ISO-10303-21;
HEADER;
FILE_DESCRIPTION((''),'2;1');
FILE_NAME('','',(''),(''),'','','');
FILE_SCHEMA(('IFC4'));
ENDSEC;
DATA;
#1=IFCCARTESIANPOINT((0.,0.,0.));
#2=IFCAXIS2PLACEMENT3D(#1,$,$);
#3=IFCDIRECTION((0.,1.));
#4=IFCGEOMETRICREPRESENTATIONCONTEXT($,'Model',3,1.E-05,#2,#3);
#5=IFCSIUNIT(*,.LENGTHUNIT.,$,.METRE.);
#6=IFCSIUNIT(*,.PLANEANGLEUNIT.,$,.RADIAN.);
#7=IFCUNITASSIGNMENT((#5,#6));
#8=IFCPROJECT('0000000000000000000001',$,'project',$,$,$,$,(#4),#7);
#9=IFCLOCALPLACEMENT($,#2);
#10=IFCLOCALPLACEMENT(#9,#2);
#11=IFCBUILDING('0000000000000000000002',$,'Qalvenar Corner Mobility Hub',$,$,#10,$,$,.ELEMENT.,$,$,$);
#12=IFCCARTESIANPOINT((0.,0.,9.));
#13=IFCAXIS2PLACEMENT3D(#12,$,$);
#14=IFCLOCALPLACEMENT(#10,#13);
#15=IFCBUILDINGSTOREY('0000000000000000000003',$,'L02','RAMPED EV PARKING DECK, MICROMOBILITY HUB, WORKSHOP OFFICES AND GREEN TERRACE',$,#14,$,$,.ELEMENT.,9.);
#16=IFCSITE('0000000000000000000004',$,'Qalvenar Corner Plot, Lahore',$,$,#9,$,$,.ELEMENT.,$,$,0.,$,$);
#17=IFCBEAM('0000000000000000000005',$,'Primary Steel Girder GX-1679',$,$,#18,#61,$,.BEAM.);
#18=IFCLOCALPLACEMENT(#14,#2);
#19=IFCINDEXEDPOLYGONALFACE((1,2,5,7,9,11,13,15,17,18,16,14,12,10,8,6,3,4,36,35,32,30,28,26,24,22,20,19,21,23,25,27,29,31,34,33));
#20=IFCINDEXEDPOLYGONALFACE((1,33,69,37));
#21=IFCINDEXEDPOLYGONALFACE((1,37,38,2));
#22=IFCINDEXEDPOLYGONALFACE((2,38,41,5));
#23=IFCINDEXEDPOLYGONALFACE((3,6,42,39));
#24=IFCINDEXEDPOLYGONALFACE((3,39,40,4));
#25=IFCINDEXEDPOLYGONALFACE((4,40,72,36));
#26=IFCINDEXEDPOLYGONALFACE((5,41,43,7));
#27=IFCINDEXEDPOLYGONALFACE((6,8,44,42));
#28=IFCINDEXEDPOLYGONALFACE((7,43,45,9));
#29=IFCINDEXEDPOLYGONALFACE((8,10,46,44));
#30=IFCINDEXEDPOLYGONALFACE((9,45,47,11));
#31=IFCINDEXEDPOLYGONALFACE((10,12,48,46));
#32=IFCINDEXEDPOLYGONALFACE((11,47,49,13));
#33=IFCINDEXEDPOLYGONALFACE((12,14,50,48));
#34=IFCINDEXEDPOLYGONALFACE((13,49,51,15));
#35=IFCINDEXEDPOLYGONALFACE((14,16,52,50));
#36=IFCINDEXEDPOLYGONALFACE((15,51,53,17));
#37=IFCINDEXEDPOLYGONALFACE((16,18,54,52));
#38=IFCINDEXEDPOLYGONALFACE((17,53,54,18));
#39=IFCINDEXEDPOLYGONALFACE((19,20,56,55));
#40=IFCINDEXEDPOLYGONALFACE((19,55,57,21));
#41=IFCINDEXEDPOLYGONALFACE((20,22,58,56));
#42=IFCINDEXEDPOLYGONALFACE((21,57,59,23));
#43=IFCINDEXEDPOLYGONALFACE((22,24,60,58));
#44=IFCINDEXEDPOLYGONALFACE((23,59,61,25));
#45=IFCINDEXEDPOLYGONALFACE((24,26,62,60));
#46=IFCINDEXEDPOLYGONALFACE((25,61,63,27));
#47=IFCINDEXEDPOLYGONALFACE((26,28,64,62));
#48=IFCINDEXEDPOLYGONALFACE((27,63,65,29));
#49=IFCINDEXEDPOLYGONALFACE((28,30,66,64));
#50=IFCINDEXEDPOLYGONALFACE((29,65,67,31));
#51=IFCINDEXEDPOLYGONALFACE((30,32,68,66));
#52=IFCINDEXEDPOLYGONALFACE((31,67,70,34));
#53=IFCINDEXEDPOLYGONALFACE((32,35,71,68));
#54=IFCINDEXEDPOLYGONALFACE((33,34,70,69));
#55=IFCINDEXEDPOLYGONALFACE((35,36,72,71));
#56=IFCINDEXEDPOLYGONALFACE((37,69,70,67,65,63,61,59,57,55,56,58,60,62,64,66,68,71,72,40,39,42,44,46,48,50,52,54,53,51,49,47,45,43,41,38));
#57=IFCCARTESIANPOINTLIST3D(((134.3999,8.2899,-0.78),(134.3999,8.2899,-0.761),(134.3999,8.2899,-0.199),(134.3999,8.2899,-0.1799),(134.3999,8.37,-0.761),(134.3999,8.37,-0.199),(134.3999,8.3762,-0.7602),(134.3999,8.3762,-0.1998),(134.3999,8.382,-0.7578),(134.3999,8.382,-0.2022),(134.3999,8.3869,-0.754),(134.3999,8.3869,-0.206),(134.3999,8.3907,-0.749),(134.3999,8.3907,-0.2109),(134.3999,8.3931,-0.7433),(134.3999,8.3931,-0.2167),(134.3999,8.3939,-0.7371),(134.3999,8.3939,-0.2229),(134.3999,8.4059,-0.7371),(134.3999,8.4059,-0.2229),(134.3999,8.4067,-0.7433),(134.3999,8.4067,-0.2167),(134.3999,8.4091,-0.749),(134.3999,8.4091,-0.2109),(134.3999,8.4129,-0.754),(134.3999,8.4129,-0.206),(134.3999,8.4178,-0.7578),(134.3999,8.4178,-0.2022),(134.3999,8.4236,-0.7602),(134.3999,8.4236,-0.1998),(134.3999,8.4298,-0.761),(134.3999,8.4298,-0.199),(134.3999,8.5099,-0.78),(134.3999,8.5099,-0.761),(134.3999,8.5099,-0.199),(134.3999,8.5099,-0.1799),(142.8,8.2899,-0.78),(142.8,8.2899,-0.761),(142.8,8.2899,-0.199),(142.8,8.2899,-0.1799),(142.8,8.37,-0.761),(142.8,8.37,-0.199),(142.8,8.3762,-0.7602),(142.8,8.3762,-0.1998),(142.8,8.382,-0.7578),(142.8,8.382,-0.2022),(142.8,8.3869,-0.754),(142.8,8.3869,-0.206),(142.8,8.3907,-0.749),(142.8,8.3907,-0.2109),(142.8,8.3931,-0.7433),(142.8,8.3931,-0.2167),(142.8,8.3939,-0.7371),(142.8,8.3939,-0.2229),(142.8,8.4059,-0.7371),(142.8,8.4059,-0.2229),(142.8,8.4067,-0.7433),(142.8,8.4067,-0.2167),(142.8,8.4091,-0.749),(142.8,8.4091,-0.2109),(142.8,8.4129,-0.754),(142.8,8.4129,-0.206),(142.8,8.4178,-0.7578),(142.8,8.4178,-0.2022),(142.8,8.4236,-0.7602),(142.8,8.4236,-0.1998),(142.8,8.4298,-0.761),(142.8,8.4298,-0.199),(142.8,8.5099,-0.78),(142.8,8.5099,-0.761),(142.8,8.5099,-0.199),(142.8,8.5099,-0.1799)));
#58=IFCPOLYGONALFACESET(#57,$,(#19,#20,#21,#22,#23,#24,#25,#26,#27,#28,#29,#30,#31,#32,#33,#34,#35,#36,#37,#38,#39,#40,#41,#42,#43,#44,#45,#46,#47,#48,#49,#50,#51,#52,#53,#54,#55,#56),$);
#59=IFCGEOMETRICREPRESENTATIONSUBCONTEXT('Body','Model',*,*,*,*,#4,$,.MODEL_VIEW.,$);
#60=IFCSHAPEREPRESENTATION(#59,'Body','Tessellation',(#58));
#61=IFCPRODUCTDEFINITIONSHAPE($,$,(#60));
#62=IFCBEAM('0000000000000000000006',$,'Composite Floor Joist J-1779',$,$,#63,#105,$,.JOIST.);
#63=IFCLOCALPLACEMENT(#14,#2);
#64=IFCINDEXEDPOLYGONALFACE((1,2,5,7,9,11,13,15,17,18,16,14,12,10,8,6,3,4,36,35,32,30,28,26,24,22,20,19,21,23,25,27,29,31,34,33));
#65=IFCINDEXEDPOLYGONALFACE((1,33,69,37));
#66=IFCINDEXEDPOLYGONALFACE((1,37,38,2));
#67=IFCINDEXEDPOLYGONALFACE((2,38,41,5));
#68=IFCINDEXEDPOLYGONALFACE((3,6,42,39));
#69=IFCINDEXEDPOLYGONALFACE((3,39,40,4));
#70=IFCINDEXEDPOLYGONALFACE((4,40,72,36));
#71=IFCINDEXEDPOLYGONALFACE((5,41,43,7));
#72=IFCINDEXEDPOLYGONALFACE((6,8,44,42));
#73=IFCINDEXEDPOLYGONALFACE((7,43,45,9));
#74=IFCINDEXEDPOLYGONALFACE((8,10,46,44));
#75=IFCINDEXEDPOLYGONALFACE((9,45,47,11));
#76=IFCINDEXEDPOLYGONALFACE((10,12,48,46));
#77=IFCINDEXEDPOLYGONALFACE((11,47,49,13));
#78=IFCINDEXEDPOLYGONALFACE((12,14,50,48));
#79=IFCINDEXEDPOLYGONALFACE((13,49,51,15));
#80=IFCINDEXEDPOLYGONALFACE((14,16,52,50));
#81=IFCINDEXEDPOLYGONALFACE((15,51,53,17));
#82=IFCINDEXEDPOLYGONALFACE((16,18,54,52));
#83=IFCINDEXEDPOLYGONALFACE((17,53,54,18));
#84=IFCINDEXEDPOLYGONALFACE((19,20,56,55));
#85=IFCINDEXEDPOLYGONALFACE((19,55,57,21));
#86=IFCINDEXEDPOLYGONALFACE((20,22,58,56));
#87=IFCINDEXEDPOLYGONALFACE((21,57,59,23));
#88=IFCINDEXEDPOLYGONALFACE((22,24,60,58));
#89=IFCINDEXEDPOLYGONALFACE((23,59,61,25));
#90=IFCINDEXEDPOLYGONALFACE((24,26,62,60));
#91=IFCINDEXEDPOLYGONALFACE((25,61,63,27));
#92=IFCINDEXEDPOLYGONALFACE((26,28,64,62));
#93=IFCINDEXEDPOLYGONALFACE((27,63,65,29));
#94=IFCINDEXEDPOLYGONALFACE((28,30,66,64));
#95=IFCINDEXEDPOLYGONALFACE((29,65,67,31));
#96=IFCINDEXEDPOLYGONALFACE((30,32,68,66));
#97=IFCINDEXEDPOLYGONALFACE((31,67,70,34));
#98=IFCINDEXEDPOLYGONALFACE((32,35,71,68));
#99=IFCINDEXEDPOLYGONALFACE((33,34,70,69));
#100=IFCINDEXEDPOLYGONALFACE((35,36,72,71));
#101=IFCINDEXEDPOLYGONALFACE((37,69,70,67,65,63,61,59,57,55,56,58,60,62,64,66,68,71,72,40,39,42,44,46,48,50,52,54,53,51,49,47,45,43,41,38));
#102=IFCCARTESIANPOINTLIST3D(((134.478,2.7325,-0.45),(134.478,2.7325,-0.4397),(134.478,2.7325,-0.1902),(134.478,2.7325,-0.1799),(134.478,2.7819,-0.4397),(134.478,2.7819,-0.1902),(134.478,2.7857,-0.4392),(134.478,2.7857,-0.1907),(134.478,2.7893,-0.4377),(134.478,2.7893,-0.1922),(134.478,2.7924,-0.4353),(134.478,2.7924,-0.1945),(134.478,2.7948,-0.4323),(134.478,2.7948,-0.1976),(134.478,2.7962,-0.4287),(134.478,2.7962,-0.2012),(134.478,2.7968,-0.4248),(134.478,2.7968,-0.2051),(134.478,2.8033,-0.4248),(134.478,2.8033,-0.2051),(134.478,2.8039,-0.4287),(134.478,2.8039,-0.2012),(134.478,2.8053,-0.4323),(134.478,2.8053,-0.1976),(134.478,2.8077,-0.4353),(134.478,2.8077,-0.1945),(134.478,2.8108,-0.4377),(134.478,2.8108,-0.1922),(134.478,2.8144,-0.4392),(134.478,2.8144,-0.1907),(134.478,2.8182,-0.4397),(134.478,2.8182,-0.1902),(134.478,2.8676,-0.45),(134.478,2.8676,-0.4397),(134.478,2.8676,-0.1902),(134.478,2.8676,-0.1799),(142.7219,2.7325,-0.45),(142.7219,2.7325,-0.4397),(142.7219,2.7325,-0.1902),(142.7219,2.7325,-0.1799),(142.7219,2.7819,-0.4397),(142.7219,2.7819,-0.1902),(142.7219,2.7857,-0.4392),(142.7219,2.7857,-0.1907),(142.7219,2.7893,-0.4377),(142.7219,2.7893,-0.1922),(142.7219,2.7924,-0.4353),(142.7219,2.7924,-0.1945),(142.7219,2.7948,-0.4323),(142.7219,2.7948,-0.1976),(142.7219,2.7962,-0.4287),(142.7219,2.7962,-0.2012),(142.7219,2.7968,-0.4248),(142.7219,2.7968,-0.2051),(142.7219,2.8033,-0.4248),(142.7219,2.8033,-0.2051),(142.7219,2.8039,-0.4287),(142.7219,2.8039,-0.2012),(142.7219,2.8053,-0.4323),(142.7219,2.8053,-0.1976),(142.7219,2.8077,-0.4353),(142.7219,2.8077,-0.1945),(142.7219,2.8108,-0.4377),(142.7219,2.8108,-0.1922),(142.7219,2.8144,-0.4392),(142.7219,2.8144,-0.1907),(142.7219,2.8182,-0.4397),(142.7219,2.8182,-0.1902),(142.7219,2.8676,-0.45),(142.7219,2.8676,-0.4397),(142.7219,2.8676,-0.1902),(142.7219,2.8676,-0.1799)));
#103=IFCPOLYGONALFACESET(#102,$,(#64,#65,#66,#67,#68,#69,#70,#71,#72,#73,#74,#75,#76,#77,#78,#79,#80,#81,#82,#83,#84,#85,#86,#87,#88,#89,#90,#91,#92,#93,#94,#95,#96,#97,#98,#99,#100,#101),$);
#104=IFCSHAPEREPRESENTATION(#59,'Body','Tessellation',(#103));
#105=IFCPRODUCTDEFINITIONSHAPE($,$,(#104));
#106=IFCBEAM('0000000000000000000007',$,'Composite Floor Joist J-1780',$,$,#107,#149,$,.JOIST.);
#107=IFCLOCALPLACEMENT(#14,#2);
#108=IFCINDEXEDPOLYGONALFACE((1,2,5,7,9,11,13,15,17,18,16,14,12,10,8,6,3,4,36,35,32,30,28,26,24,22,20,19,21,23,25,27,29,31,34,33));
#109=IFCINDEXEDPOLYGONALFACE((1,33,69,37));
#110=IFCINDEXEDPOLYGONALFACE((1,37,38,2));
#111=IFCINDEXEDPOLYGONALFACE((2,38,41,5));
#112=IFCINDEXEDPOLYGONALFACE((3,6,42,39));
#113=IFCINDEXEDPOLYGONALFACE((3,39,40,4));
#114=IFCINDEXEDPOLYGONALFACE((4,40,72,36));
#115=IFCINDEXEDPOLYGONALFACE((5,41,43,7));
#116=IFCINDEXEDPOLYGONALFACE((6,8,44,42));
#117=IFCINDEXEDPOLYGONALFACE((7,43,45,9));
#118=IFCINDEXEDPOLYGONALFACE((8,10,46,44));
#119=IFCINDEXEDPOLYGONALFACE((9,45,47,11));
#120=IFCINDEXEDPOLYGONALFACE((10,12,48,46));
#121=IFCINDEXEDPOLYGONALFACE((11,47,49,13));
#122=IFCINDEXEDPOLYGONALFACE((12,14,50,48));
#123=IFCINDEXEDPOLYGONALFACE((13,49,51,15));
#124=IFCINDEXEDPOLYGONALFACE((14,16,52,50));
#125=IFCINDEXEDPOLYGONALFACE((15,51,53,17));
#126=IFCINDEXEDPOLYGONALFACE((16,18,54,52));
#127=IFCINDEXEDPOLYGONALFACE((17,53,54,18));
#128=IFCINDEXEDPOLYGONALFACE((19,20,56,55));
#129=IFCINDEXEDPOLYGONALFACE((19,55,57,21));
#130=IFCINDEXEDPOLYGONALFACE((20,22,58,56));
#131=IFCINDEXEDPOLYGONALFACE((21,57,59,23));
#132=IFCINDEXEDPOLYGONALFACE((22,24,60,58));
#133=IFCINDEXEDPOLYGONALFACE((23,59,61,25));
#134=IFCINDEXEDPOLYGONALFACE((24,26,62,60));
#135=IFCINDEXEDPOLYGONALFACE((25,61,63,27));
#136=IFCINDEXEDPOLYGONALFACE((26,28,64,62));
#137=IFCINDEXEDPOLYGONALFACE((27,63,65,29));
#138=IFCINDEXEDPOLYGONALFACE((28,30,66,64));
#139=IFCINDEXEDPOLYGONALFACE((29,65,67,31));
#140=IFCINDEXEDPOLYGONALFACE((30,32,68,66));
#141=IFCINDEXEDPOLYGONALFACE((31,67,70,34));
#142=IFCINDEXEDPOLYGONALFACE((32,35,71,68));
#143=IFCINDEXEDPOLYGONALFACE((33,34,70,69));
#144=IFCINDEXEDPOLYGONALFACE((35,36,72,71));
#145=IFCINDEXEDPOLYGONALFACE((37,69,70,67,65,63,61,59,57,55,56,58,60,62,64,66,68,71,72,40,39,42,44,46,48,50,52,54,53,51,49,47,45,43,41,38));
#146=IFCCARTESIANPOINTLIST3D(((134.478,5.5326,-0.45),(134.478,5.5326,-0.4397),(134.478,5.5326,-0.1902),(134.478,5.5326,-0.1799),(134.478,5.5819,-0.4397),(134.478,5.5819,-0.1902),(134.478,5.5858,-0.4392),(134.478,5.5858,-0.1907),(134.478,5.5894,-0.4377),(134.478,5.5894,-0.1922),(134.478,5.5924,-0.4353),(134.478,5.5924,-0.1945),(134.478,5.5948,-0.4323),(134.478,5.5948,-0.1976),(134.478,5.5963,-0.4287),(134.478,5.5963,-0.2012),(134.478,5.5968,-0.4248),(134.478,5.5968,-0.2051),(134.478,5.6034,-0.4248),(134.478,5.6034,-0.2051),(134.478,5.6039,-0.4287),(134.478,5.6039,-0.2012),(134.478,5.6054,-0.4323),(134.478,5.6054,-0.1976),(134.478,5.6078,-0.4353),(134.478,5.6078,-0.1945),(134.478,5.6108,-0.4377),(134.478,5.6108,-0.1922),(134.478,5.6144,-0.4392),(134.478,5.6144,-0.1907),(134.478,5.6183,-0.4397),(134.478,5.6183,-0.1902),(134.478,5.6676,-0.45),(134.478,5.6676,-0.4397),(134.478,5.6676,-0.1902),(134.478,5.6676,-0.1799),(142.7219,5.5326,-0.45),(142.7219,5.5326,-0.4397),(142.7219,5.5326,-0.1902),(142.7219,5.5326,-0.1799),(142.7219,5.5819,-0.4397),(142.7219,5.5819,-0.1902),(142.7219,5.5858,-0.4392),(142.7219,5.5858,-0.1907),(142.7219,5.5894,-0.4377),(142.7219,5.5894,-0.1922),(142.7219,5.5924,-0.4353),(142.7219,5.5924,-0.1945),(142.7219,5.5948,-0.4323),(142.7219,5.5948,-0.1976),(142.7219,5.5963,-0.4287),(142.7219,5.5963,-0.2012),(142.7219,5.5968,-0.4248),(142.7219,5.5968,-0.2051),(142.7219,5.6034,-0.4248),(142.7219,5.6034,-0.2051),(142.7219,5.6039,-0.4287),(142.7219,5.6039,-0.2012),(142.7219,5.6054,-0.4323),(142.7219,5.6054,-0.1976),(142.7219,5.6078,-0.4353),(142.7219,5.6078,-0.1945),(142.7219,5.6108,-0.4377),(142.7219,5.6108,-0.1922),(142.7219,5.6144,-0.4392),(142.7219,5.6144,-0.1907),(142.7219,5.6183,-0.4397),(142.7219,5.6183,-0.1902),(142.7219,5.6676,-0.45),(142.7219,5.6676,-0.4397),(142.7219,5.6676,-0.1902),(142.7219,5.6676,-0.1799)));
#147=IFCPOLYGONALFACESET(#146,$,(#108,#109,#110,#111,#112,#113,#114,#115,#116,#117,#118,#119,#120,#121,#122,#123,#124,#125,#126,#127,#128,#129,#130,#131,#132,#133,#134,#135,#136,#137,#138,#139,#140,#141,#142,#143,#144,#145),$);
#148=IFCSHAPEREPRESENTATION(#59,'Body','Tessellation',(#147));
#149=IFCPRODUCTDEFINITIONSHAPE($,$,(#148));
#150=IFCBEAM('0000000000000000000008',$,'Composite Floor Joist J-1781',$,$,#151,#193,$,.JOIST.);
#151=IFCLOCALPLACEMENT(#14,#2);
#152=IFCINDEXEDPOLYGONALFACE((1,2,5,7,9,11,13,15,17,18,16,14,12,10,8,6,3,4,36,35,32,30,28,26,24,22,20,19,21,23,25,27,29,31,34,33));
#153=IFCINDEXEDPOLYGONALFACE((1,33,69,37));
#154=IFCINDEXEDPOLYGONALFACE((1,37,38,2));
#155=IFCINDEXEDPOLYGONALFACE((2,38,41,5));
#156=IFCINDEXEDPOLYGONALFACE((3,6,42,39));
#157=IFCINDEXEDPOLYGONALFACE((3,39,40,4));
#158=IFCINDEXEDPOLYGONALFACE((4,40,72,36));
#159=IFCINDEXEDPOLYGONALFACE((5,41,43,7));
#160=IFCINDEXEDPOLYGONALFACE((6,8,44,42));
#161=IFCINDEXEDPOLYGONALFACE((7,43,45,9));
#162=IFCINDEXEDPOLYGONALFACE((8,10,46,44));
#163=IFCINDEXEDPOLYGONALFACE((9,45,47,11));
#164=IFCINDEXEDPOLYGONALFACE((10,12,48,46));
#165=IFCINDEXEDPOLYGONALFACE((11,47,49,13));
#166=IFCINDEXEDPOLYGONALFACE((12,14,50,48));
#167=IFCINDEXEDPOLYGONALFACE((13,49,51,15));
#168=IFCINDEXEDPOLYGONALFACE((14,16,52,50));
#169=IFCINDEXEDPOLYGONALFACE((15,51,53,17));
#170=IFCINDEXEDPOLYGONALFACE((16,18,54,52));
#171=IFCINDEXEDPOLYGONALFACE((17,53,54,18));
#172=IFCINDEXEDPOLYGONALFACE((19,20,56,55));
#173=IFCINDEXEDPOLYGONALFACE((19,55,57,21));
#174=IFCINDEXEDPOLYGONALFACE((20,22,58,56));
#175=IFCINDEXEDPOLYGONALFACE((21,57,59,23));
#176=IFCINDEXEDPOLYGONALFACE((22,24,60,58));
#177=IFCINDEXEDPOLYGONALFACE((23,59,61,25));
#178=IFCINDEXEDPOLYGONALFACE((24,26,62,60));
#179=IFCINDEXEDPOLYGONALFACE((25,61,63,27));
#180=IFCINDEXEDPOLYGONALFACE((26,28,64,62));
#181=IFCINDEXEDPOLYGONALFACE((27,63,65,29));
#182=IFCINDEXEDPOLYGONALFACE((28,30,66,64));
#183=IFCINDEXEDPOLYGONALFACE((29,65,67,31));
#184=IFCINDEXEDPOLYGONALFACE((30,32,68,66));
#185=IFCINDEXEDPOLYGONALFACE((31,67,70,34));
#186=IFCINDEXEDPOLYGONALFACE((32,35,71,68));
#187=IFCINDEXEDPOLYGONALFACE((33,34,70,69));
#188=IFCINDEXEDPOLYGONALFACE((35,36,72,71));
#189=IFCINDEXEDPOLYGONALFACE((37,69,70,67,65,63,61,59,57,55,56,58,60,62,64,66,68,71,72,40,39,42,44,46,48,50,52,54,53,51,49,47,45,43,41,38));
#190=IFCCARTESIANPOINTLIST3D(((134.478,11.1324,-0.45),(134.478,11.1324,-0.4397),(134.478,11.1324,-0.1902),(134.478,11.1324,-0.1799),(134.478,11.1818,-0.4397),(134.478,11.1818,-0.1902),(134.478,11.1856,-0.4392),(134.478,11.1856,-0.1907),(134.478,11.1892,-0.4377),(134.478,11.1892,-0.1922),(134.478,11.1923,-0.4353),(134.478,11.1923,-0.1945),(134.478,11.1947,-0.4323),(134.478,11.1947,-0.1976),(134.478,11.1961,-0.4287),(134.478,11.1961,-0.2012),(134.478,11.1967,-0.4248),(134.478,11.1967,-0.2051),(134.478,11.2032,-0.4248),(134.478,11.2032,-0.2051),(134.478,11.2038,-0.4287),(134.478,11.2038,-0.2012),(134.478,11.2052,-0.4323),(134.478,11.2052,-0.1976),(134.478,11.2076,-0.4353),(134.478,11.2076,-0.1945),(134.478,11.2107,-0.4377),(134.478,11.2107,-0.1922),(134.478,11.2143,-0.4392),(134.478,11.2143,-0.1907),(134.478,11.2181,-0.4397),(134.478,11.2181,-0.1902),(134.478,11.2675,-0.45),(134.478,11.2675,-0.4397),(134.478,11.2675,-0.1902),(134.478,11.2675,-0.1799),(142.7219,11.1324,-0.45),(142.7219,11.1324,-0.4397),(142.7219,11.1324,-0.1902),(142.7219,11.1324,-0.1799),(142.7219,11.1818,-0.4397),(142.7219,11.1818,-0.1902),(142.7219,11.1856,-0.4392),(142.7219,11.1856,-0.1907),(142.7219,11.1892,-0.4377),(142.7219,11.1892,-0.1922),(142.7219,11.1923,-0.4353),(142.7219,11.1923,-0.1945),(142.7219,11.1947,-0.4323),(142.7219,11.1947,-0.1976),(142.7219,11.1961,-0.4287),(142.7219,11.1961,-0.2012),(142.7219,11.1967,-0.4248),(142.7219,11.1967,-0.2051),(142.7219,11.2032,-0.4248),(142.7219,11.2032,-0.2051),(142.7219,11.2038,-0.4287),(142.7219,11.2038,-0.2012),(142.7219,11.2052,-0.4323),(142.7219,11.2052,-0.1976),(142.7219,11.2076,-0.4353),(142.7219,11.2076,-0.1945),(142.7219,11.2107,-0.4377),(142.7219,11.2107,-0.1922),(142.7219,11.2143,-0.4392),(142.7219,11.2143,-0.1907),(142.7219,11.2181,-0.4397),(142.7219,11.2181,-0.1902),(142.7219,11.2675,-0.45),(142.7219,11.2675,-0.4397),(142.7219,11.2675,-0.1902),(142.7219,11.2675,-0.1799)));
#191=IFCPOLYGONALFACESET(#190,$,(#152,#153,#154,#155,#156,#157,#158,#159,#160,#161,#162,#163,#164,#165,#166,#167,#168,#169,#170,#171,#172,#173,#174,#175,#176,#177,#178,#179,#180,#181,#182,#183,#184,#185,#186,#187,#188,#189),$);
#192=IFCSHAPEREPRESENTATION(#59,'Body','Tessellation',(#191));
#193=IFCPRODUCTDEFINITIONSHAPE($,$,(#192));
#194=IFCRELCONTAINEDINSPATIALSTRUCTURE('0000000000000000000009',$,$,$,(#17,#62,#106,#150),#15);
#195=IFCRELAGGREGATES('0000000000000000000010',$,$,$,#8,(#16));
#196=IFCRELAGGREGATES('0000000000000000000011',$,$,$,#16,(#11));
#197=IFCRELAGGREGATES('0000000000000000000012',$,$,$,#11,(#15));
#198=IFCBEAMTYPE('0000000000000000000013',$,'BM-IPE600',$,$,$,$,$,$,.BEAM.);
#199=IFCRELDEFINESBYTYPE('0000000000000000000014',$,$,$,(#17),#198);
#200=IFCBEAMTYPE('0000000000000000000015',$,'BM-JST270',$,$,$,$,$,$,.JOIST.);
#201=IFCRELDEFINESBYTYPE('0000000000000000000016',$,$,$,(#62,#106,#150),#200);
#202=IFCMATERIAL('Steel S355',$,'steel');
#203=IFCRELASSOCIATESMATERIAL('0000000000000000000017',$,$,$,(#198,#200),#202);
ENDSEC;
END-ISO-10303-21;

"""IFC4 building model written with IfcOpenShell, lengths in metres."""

from ifc_helpers import new_model, si_unit, direction, frame, origin, origin_2d, place, context, subcontext, project, spatial, i_section, extrude, material, material_profile, profile_set, type_object, element, save


model = new_model("IFC4")

# Units and contexts
model_context = context("Model", 3, precision=1e-05, world=origin(), true_north=direction((0.0, 1.0)))
body_context = subcontext(model_context, "Body", "Model", "MODEL_VIEW")
ifc_project = project(units=[si_unit("LENGTHUNIT", "METRE"), si_unit("PLANEANGLEUNIT", "RADIAN")], contexts=[model_context])

# Site, building, storey
site_placement = place(None, origin())
site = spatial("IfcSite", under=ifc_project, at=site_placement, Name="Qalvenar Corner Plot, Lahore", CompositionType="ELEMENT", RefElevation=0.0)
building_placement = place(site_placement, origin())
building = spatial("IfcBuilding", under=site, at=building_placement, Name="Qalvenar Corner Mobility Hub", CompositionType="ELEMENT")
storey_placement = place(building_placement, frame((0.0, 0.0, 9.0)))
storey = spatial("IfcBuildingStorey", under=building, at=storey_placement, Name="L02", Description="RAMPED EV PARKING DECK, MICROMOBILITY HUB, WORKSHOP OFFICES AND GREEN TERRACE", CompositionType="ELEMENT", Elevation=9.0)

# Shared definitions
ifc_material_1 = material(Name="Steel S355", Category="steel")

# Beams
ifc_material_profile_1 = material_profile(ifc_material_1, i_section(OverallWidth=0.22, OverallDepth=0.6001, WebThickness=0.012, FlangeThickness=0.019, FilletRadius=0.0239, at=origin_2d()), Name="IPE600")
ifc_profile_set_1 = profile_set([ifc_material_profile_1], Name="Steel S355")
beam_type_1 = type_object("IfcBeamType", Name="BM-IPE600", PredefinedType="BEAM", material=ifc_profile_set_1)
beam_1_placement = place(storey_placement, frame((134.3999, 8.3999, -0.48), z_axis=(1.0, 0.0, 0.0), x_axis=(0.0, 1.0, 0.0)))
element("IfcBeam", 1, at=beam_1_placement, inside=storey, type_object=beam_type_1, Name="Primary Steel Girder GX-1679", PredefinedType="BEAM", context=body_context, shape_type="SweptSolid", body=[
    extrude(i_section(OverallWidth=0.22, OverallDepth=0.6001, WebThickness=0.012, FlangeThickness=0.019, FilletRadius=0.0239, at=origin_2d()), origin(), (0.0, 0.0, 1.0), 8.4001),
])
ifc_material_profile_2 = material_profile(ifc_material_1, i_section(OverallWidth=0.135, OverallDepth=0.27, WebThickness=0.0066, FlangeThickness=0.0103, FilletRadius=0.0149, at=origin_2d()), Name="IPE270")
ifc_profile_set_2 = profile_set([ifc_material_profile_2], Name="Steel S355")
beam_type_2 = type_object("IfcBeamType", Name="BM-JST270", PredefinedType="JOIST", material=ifc_profile_set_2)
for number, where, z_axis, x_axis, name in (
    (2, (134.478, 2.8, -0.3149), (1.0, 0.0, 0.0), (0.0, 1.0, 0.0), "Composite Floor Joist J-1779"),
    (3, (134.478, 5.6001, -0.3149), (1.0, 0.0, 0.0), (0.0, 1.0, 0.0), "Composite Floor Joist J-1780"),
    (4, (134.478, 11.2, -0.3149), (1.0, 0.0, 0.0), (0.0, 1.0, 0.0), "Composite Floor Joist J-1781"),
):
    element("IfcBeam", number, at=place(storey_placement, frame(where, z_axis=z_axis, x_axis=x_axis)), inside=storey, type_object=beam_type_2, Name=name, PredefinedType="JOIST", context=body_context, shape_type="SweptSolid", body=[
        extrude(i_section(OverallWidth=0.135, OverallDepth=0.27, WebThickness=0.0066, FlangeThickness=0.0103, FilletRadius=0.0149, at=origin_2d()), origin(), (0.0, 0.0, 1.0), 8.2439),
    ])

save(model, "model.ifc")
